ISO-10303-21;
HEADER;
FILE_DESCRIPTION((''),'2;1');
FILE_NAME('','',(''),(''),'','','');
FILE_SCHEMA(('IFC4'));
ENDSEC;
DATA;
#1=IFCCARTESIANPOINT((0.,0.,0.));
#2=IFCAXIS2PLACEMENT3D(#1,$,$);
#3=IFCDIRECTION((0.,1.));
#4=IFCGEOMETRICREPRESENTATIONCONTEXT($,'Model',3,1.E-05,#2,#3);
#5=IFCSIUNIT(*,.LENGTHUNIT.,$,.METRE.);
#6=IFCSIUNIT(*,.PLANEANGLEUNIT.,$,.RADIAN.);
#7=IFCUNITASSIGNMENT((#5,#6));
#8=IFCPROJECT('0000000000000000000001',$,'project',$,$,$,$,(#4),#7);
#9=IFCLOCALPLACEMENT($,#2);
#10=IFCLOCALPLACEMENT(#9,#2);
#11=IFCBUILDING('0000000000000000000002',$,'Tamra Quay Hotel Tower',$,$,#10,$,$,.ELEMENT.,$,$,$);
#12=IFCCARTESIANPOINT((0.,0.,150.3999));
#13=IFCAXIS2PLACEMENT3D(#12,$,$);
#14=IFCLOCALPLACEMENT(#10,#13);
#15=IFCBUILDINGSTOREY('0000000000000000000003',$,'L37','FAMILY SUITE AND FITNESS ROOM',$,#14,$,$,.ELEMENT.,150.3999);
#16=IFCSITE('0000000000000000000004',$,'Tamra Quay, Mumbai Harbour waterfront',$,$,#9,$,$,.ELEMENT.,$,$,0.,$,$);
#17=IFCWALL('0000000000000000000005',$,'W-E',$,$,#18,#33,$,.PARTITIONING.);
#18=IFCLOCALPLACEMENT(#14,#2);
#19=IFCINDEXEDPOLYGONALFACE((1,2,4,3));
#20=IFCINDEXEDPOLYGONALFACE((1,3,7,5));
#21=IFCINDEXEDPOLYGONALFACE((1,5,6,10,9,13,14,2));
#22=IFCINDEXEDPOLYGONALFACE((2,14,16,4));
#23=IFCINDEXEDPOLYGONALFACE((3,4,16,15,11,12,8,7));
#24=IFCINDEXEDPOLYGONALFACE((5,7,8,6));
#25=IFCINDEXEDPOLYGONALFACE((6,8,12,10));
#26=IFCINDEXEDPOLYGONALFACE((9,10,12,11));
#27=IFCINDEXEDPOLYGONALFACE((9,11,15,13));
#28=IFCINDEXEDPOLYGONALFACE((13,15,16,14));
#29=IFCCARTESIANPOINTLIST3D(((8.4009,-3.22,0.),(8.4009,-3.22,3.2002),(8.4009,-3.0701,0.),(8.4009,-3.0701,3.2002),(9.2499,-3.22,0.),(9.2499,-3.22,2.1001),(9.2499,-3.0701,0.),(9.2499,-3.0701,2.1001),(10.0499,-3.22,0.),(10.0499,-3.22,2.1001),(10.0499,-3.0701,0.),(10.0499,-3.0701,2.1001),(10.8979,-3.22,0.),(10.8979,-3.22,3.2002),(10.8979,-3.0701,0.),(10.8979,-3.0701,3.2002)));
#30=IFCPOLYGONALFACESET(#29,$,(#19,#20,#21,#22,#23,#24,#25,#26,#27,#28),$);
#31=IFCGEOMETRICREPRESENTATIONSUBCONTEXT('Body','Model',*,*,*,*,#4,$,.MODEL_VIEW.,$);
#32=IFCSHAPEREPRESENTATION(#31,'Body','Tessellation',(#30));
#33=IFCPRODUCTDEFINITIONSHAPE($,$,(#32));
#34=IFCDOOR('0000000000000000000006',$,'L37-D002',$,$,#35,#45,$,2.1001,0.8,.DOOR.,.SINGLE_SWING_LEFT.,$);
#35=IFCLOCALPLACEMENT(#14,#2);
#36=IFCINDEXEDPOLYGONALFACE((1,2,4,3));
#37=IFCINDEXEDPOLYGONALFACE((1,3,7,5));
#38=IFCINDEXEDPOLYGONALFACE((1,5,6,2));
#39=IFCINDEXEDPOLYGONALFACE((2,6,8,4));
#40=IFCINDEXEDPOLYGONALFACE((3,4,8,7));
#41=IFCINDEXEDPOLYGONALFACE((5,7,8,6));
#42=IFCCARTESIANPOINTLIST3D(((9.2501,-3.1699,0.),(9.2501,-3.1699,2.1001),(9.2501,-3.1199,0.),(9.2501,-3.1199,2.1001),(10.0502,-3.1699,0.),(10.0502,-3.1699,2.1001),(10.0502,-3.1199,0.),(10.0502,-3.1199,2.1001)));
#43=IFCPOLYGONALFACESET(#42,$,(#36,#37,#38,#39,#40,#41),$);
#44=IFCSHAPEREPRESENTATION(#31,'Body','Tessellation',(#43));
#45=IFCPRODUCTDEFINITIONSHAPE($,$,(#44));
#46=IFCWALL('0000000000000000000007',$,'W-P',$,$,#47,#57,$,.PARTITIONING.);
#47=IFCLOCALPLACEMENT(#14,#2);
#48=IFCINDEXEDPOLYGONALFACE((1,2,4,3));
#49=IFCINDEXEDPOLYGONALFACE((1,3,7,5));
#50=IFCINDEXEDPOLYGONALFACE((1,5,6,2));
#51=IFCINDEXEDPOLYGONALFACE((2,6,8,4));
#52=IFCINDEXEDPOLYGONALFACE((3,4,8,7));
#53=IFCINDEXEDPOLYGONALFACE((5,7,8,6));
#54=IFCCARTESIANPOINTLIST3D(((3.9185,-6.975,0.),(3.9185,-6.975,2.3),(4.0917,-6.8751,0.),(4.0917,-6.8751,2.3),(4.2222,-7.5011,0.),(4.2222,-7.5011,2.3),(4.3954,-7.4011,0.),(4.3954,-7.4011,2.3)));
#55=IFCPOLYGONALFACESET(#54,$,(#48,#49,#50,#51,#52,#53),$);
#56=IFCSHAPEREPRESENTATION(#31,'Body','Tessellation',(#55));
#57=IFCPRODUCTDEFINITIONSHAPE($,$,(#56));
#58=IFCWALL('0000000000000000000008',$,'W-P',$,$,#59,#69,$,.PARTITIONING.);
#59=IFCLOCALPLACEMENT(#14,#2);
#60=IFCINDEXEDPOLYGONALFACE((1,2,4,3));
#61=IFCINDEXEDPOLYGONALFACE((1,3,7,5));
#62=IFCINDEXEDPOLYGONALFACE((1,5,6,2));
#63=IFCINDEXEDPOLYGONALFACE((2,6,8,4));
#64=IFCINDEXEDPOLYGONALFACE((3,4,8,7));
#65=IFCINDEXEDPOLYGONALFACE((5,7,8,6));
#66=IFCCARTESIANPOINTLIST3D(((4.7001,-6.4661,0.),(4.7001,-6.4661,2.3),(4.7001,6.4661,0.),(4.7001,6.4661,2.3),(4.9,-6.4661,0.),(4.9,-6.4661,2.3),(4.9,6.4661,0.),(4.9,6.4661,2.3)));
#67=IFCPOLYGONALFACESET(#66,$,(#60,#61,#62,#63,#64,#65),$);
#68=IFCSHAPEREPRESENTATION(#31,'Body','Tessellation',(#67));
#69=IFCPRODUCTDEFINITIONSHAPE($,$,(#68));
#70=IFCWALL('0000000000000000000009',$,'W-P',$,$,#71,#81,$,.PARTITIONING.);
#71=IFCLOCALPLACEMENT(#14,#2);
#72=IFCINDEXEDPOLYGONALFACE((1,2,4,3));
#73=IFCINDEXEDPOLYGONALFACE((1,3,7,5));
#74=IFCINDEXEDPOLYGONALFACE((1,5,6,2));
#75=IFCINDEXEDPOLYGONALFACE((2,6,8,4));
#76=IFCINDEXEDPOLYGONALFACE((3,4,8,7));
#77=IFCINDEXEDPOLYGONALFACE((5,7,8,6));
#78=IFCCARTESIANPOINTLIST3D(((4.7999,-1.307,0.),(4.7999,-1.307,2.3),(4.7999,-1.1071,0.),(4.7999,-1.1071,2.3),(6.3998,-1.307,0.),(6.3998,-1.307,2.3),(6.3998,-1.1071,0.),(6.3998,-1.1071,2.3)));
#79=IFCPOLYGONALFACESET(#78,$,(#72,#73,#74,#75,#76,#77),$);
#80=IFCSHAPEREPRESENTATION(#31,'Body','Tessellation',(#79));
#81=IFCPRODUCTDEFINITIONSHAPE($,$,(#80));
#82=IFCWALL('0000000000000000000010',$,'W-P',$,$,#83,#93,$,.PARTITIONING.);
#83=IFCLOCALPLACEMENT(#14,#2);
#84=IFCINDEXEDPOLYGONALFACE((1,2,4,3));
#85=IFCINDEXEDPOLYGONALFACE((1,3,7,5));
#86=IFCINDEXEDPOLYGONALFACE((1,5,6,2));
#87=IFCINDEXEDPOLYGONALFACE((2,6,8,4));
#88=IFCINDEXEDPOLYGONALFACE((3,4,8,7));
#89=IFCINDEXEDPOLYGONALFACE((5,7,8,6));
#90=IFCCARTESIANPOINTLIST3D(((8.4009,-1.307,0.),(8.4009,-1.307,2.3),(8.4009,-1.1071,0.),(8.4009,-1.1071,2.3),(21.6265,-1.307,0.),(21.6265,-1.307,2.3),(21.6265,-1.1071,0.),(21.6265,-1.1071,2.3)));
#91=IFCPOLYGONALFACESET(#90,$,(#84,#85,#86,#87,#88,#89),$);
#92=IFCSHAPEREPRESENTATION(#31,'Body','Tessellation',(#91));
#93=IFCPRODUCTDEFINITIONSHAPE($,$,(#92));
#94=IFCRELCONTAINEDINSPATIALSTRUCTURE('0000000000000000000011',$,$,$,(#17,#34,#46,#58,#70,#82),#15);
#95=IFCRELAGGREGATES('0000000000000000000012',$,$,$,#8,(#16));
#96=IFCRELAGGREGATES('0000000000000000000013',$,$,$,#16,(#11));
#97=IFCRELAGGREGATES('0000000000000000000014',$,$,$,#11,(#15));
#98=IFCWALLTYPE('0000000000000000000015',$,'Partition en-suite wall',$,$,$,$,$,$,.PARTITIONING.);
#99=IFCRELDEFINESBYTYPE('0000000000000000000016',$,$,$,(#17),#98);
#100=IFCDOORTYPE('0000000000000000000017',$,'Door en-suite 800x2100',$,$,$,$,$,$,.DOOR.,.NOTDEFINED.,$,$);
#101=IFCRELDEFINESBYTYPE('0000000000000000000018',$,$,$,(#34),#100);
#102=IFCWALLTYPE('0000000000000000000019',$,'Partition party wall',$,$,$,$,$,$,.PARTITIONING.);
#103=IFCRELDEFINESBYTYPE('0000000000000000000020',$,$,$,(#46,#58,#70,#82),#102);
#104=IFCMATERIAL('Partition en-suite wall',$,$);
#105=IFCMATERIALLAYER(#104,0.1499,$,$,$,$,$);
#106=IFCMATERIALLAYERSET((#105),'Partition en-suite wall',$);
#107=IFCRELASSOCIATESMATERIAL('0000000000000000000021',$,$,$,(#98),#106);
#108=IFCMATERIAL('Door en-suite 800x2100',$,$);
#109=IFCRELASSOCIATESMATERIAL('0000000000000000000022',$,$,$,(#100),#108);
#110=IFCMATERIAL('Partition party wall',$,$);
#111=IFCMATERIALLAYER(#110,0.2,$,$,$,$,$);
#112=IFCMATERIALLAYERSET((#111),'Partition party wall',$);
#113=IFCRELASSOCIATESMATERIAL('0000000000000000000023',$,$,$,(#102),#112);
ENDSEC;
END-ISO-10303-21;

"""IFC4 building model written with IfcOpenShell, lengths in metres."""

from ifc_helpers import new_model, si_unit, direction, frame, frame_2d, origin, place, context, subcontext, project, spatial, rectangle, extrude, material, layer, layer_set, type_object, element, fill, save


model = new_model("IFC4")

# Units and contexts
model_context = context("Model", 3, precision=1e-05, world=origin(), true_north=direction((0.0, 1.0)))
body_context = subcontext(model_context, "Body", "Model", "MODEL_VIEW")
ifc_project = project(units=[si_unit("LENGTHUNIT", "METRE"), si_unit("PLANEANGLEUNIT", "RADIAN")], contexts=[model_context])

# Site, building, storey
site_placement = place(None, origin())
site = spatial("IfcSite", under=ifc_project, at=site_placement, Name="Tamra Quay, Mumbai Harbour waterfront", CompositionType="ELEMENT", RefElevation=0.0)
building_placement = place(site_placement, origin())
building = spatial("IfcBuilding", under=site, at=building_placement, Name="Tamra Quay Hotel Tower", CompositionType="ELEMENT")
storey_placement = place(building_placement, frame((0.0, 0.0, 150.3999)))
storey = spatial("IfcBuildingStorey", under=building, at=storey_placement, Name="L37", Description="FAMILY SUITE AND FITNESS ROOM", CompositionType="ELEMENT", Elevation=150.3999)

# Wall, opening, door
ifc_material_1 = material(Name="Partition en-suite wall")
ifc_layer_1 = layer(ifc_material_1, 0.1499)
ifc_layer_set_1 = layer_set([ifc_layer_1], Name="Partition en-suite wall")
wall_type_1 = type_object("IfcWallType", Name="Partition en-suite wall", PredefinedType="PARTITIONING", material=ifc_layer_set_1)
wall_1_placement = place(storey_placement, frame((8.4009, -3.145, 0.0), z_axis=(0.0, 0.0, 1.0), x_axis=(1.0, 0.0, 0.0)))
wall_1 = element("IfcWall", 1, at=wall_1_placement, inside=storey, type_object=wall_type_1, Name="W-E", PredefinedType="PARTITIONING", context=body_context, shape_type="SweptSolid", body=[
    extrude(rectangle(XDim=2.4971, YDim=0.1499, at=frame_2d((1.2485, 0.0))), origin(), (0.0, 0.0, 1.0), 3.2002),
])
opening_1_placement = place(wall_1_placement, frame((0.8491, 0.0, 0.0)))
opening_1 = element("IfcOpeningElement", 2, at=opening_1_placement, cuts=wall_1, PredefinedType="OPENING", context=body_context, shape_type="SweptSolid", body=[
    extrude(rectangle(XDim=0.8, YDim=2.1001, at=frame_2d((0.3999, 1.05))), frame((0.0, 0.085, 0.0), z_axis=(0.0, -1.0, 0.0), x_axis=(1.0, 0.0, 0.0)), (0.0, 0.0, 1.0), 0.1699),
])
ifc_material_2 = material(Name="Door en-suite 800x2100")
door_type_1 = type_object("IfcDoorType", Name="Door en-suite 800x2100", OperationType="NOTDEFINED", PredefinedType="DOOR", material=ifc_material_2)
door_1_placement = place(opening_1_placement, frame((0.8, 0.0, 0.0), z_axis=(0.0, 0.0, 1.0), x_axis=(-1.0, 0.0, 0.0)))
door_1 = element("IfcDoor", 3, at=door_1_placement, inside=storey, type_object=door_type_1, Name="L37-D002", OperationType="SINGLE_SWING_LEFT", OverallHeight=2.1001, OverallWidth=0.8, PredefinedType="DOOR", context=body_context, shape_type="SweptSolid", body=[
    extrude(rectangle(XDim=0.8, YDim=2.1001, at=frame_2d((0.3999, 1.05))), frame((0.0, 0.0249, 0.0), z_axis=(0.0, -1.0, 0.0), x_axis=(1.0, 0.0, 0.0)), (0.0, 0.0, 1.0), 0.05),
])
fill(opening_1, door_1)

# Walls
ifc_material_3 = material(Name="Partition party wall")
ifc_layer_2 = layer(ifc_material_3, 0.2)
ifc_layer_set_2 = layer_set([ifc_layer_2], Name="Partition party wall")
wall_type_2 = type_object("IfcWallType", Name="Partition party wall", PredefinedType="PARTITIONING", material=ifc_layer_set_2)
wall_2_placement = place(storey_placement, frame((4.0051, -6.925, 0.0), z_axis=(0.0, 0.0, 1.0), x_axis=(0.499943, -0.866058, 0.0)))
element("IfcWall", 4, at=wall_2_placement, inside=storey, type_object=wall_type_2, Name="W-P", PredefinedType="PARTITIONING", context=body_context, shape_type="SweptSolid", body=[
    extrude(rectangle(XDim=0.6074, YDim=0.2, at=frame_2d((0.3037, 0.0))), origin(), (0.0, 0.0, 1.0), 2.3),
])
wall_3_placement = place(storey_placement, frame((4.8, -6.4661, 0.0), z_axis=(0.0, 0.0, 1.0), x_axis=(0.0, 1.0, 0.0)))
element("IfcWall", 5, at=wall_3_placement, inside=storey, type_object=wall_type_2, Name="W-P", PredefinedType="PARTITIONING", context=body_context, shape_type="SweptSolid", body=[
    extrude(rectangle(XDim=12.9321, YDim=0.2, at=frame_2d((6.4661, 0.0))), origin(), (0.0, 0.0, 1.0), 2.3),
])
wall_4_placement = place(storey_placement, frame((4.8, -1.207, 0.0), z_axis=(0.0, 0.0, 1.0), x_axis=(1.0, 0.0, 0.0)))
element("IfcWall", 6, at=wall_4_placement, inside=storey, type_object=wall_type_2, Name="W-P", PredefinedType="PARTITIONING", context=body_context, shape_type="SweptSolid", body=[
    extrude(rectangle(XDim=1.5999, YDim=0.2, at=frame_2d((0.7998, 0.0))), origin(), (0.0, 0.0, 1.0), 2.3),
])
wall_5_placement = place(storey_placement, frame((8.4009, -1.207, 0.0), z_axis=(0.0, 0.0, 1.0), x_axis=(1.0, 0.0, 0.0)))
element("IfcWall", 7, at=wall_5_placement, inside=storey, type_object=wall_type_2, Name="W-P", PredefinedType="PARTITIONING", context=body_context, shape_type="SweptSolid", body=[
    extrude(rectangle(XDim=13.2256, YDim=0.2, at=frame_2d((6.6128, 0.0))), origin(), (0.0, 0.0, 1.0), 2.3),
])

save(model, "model.ifc")
